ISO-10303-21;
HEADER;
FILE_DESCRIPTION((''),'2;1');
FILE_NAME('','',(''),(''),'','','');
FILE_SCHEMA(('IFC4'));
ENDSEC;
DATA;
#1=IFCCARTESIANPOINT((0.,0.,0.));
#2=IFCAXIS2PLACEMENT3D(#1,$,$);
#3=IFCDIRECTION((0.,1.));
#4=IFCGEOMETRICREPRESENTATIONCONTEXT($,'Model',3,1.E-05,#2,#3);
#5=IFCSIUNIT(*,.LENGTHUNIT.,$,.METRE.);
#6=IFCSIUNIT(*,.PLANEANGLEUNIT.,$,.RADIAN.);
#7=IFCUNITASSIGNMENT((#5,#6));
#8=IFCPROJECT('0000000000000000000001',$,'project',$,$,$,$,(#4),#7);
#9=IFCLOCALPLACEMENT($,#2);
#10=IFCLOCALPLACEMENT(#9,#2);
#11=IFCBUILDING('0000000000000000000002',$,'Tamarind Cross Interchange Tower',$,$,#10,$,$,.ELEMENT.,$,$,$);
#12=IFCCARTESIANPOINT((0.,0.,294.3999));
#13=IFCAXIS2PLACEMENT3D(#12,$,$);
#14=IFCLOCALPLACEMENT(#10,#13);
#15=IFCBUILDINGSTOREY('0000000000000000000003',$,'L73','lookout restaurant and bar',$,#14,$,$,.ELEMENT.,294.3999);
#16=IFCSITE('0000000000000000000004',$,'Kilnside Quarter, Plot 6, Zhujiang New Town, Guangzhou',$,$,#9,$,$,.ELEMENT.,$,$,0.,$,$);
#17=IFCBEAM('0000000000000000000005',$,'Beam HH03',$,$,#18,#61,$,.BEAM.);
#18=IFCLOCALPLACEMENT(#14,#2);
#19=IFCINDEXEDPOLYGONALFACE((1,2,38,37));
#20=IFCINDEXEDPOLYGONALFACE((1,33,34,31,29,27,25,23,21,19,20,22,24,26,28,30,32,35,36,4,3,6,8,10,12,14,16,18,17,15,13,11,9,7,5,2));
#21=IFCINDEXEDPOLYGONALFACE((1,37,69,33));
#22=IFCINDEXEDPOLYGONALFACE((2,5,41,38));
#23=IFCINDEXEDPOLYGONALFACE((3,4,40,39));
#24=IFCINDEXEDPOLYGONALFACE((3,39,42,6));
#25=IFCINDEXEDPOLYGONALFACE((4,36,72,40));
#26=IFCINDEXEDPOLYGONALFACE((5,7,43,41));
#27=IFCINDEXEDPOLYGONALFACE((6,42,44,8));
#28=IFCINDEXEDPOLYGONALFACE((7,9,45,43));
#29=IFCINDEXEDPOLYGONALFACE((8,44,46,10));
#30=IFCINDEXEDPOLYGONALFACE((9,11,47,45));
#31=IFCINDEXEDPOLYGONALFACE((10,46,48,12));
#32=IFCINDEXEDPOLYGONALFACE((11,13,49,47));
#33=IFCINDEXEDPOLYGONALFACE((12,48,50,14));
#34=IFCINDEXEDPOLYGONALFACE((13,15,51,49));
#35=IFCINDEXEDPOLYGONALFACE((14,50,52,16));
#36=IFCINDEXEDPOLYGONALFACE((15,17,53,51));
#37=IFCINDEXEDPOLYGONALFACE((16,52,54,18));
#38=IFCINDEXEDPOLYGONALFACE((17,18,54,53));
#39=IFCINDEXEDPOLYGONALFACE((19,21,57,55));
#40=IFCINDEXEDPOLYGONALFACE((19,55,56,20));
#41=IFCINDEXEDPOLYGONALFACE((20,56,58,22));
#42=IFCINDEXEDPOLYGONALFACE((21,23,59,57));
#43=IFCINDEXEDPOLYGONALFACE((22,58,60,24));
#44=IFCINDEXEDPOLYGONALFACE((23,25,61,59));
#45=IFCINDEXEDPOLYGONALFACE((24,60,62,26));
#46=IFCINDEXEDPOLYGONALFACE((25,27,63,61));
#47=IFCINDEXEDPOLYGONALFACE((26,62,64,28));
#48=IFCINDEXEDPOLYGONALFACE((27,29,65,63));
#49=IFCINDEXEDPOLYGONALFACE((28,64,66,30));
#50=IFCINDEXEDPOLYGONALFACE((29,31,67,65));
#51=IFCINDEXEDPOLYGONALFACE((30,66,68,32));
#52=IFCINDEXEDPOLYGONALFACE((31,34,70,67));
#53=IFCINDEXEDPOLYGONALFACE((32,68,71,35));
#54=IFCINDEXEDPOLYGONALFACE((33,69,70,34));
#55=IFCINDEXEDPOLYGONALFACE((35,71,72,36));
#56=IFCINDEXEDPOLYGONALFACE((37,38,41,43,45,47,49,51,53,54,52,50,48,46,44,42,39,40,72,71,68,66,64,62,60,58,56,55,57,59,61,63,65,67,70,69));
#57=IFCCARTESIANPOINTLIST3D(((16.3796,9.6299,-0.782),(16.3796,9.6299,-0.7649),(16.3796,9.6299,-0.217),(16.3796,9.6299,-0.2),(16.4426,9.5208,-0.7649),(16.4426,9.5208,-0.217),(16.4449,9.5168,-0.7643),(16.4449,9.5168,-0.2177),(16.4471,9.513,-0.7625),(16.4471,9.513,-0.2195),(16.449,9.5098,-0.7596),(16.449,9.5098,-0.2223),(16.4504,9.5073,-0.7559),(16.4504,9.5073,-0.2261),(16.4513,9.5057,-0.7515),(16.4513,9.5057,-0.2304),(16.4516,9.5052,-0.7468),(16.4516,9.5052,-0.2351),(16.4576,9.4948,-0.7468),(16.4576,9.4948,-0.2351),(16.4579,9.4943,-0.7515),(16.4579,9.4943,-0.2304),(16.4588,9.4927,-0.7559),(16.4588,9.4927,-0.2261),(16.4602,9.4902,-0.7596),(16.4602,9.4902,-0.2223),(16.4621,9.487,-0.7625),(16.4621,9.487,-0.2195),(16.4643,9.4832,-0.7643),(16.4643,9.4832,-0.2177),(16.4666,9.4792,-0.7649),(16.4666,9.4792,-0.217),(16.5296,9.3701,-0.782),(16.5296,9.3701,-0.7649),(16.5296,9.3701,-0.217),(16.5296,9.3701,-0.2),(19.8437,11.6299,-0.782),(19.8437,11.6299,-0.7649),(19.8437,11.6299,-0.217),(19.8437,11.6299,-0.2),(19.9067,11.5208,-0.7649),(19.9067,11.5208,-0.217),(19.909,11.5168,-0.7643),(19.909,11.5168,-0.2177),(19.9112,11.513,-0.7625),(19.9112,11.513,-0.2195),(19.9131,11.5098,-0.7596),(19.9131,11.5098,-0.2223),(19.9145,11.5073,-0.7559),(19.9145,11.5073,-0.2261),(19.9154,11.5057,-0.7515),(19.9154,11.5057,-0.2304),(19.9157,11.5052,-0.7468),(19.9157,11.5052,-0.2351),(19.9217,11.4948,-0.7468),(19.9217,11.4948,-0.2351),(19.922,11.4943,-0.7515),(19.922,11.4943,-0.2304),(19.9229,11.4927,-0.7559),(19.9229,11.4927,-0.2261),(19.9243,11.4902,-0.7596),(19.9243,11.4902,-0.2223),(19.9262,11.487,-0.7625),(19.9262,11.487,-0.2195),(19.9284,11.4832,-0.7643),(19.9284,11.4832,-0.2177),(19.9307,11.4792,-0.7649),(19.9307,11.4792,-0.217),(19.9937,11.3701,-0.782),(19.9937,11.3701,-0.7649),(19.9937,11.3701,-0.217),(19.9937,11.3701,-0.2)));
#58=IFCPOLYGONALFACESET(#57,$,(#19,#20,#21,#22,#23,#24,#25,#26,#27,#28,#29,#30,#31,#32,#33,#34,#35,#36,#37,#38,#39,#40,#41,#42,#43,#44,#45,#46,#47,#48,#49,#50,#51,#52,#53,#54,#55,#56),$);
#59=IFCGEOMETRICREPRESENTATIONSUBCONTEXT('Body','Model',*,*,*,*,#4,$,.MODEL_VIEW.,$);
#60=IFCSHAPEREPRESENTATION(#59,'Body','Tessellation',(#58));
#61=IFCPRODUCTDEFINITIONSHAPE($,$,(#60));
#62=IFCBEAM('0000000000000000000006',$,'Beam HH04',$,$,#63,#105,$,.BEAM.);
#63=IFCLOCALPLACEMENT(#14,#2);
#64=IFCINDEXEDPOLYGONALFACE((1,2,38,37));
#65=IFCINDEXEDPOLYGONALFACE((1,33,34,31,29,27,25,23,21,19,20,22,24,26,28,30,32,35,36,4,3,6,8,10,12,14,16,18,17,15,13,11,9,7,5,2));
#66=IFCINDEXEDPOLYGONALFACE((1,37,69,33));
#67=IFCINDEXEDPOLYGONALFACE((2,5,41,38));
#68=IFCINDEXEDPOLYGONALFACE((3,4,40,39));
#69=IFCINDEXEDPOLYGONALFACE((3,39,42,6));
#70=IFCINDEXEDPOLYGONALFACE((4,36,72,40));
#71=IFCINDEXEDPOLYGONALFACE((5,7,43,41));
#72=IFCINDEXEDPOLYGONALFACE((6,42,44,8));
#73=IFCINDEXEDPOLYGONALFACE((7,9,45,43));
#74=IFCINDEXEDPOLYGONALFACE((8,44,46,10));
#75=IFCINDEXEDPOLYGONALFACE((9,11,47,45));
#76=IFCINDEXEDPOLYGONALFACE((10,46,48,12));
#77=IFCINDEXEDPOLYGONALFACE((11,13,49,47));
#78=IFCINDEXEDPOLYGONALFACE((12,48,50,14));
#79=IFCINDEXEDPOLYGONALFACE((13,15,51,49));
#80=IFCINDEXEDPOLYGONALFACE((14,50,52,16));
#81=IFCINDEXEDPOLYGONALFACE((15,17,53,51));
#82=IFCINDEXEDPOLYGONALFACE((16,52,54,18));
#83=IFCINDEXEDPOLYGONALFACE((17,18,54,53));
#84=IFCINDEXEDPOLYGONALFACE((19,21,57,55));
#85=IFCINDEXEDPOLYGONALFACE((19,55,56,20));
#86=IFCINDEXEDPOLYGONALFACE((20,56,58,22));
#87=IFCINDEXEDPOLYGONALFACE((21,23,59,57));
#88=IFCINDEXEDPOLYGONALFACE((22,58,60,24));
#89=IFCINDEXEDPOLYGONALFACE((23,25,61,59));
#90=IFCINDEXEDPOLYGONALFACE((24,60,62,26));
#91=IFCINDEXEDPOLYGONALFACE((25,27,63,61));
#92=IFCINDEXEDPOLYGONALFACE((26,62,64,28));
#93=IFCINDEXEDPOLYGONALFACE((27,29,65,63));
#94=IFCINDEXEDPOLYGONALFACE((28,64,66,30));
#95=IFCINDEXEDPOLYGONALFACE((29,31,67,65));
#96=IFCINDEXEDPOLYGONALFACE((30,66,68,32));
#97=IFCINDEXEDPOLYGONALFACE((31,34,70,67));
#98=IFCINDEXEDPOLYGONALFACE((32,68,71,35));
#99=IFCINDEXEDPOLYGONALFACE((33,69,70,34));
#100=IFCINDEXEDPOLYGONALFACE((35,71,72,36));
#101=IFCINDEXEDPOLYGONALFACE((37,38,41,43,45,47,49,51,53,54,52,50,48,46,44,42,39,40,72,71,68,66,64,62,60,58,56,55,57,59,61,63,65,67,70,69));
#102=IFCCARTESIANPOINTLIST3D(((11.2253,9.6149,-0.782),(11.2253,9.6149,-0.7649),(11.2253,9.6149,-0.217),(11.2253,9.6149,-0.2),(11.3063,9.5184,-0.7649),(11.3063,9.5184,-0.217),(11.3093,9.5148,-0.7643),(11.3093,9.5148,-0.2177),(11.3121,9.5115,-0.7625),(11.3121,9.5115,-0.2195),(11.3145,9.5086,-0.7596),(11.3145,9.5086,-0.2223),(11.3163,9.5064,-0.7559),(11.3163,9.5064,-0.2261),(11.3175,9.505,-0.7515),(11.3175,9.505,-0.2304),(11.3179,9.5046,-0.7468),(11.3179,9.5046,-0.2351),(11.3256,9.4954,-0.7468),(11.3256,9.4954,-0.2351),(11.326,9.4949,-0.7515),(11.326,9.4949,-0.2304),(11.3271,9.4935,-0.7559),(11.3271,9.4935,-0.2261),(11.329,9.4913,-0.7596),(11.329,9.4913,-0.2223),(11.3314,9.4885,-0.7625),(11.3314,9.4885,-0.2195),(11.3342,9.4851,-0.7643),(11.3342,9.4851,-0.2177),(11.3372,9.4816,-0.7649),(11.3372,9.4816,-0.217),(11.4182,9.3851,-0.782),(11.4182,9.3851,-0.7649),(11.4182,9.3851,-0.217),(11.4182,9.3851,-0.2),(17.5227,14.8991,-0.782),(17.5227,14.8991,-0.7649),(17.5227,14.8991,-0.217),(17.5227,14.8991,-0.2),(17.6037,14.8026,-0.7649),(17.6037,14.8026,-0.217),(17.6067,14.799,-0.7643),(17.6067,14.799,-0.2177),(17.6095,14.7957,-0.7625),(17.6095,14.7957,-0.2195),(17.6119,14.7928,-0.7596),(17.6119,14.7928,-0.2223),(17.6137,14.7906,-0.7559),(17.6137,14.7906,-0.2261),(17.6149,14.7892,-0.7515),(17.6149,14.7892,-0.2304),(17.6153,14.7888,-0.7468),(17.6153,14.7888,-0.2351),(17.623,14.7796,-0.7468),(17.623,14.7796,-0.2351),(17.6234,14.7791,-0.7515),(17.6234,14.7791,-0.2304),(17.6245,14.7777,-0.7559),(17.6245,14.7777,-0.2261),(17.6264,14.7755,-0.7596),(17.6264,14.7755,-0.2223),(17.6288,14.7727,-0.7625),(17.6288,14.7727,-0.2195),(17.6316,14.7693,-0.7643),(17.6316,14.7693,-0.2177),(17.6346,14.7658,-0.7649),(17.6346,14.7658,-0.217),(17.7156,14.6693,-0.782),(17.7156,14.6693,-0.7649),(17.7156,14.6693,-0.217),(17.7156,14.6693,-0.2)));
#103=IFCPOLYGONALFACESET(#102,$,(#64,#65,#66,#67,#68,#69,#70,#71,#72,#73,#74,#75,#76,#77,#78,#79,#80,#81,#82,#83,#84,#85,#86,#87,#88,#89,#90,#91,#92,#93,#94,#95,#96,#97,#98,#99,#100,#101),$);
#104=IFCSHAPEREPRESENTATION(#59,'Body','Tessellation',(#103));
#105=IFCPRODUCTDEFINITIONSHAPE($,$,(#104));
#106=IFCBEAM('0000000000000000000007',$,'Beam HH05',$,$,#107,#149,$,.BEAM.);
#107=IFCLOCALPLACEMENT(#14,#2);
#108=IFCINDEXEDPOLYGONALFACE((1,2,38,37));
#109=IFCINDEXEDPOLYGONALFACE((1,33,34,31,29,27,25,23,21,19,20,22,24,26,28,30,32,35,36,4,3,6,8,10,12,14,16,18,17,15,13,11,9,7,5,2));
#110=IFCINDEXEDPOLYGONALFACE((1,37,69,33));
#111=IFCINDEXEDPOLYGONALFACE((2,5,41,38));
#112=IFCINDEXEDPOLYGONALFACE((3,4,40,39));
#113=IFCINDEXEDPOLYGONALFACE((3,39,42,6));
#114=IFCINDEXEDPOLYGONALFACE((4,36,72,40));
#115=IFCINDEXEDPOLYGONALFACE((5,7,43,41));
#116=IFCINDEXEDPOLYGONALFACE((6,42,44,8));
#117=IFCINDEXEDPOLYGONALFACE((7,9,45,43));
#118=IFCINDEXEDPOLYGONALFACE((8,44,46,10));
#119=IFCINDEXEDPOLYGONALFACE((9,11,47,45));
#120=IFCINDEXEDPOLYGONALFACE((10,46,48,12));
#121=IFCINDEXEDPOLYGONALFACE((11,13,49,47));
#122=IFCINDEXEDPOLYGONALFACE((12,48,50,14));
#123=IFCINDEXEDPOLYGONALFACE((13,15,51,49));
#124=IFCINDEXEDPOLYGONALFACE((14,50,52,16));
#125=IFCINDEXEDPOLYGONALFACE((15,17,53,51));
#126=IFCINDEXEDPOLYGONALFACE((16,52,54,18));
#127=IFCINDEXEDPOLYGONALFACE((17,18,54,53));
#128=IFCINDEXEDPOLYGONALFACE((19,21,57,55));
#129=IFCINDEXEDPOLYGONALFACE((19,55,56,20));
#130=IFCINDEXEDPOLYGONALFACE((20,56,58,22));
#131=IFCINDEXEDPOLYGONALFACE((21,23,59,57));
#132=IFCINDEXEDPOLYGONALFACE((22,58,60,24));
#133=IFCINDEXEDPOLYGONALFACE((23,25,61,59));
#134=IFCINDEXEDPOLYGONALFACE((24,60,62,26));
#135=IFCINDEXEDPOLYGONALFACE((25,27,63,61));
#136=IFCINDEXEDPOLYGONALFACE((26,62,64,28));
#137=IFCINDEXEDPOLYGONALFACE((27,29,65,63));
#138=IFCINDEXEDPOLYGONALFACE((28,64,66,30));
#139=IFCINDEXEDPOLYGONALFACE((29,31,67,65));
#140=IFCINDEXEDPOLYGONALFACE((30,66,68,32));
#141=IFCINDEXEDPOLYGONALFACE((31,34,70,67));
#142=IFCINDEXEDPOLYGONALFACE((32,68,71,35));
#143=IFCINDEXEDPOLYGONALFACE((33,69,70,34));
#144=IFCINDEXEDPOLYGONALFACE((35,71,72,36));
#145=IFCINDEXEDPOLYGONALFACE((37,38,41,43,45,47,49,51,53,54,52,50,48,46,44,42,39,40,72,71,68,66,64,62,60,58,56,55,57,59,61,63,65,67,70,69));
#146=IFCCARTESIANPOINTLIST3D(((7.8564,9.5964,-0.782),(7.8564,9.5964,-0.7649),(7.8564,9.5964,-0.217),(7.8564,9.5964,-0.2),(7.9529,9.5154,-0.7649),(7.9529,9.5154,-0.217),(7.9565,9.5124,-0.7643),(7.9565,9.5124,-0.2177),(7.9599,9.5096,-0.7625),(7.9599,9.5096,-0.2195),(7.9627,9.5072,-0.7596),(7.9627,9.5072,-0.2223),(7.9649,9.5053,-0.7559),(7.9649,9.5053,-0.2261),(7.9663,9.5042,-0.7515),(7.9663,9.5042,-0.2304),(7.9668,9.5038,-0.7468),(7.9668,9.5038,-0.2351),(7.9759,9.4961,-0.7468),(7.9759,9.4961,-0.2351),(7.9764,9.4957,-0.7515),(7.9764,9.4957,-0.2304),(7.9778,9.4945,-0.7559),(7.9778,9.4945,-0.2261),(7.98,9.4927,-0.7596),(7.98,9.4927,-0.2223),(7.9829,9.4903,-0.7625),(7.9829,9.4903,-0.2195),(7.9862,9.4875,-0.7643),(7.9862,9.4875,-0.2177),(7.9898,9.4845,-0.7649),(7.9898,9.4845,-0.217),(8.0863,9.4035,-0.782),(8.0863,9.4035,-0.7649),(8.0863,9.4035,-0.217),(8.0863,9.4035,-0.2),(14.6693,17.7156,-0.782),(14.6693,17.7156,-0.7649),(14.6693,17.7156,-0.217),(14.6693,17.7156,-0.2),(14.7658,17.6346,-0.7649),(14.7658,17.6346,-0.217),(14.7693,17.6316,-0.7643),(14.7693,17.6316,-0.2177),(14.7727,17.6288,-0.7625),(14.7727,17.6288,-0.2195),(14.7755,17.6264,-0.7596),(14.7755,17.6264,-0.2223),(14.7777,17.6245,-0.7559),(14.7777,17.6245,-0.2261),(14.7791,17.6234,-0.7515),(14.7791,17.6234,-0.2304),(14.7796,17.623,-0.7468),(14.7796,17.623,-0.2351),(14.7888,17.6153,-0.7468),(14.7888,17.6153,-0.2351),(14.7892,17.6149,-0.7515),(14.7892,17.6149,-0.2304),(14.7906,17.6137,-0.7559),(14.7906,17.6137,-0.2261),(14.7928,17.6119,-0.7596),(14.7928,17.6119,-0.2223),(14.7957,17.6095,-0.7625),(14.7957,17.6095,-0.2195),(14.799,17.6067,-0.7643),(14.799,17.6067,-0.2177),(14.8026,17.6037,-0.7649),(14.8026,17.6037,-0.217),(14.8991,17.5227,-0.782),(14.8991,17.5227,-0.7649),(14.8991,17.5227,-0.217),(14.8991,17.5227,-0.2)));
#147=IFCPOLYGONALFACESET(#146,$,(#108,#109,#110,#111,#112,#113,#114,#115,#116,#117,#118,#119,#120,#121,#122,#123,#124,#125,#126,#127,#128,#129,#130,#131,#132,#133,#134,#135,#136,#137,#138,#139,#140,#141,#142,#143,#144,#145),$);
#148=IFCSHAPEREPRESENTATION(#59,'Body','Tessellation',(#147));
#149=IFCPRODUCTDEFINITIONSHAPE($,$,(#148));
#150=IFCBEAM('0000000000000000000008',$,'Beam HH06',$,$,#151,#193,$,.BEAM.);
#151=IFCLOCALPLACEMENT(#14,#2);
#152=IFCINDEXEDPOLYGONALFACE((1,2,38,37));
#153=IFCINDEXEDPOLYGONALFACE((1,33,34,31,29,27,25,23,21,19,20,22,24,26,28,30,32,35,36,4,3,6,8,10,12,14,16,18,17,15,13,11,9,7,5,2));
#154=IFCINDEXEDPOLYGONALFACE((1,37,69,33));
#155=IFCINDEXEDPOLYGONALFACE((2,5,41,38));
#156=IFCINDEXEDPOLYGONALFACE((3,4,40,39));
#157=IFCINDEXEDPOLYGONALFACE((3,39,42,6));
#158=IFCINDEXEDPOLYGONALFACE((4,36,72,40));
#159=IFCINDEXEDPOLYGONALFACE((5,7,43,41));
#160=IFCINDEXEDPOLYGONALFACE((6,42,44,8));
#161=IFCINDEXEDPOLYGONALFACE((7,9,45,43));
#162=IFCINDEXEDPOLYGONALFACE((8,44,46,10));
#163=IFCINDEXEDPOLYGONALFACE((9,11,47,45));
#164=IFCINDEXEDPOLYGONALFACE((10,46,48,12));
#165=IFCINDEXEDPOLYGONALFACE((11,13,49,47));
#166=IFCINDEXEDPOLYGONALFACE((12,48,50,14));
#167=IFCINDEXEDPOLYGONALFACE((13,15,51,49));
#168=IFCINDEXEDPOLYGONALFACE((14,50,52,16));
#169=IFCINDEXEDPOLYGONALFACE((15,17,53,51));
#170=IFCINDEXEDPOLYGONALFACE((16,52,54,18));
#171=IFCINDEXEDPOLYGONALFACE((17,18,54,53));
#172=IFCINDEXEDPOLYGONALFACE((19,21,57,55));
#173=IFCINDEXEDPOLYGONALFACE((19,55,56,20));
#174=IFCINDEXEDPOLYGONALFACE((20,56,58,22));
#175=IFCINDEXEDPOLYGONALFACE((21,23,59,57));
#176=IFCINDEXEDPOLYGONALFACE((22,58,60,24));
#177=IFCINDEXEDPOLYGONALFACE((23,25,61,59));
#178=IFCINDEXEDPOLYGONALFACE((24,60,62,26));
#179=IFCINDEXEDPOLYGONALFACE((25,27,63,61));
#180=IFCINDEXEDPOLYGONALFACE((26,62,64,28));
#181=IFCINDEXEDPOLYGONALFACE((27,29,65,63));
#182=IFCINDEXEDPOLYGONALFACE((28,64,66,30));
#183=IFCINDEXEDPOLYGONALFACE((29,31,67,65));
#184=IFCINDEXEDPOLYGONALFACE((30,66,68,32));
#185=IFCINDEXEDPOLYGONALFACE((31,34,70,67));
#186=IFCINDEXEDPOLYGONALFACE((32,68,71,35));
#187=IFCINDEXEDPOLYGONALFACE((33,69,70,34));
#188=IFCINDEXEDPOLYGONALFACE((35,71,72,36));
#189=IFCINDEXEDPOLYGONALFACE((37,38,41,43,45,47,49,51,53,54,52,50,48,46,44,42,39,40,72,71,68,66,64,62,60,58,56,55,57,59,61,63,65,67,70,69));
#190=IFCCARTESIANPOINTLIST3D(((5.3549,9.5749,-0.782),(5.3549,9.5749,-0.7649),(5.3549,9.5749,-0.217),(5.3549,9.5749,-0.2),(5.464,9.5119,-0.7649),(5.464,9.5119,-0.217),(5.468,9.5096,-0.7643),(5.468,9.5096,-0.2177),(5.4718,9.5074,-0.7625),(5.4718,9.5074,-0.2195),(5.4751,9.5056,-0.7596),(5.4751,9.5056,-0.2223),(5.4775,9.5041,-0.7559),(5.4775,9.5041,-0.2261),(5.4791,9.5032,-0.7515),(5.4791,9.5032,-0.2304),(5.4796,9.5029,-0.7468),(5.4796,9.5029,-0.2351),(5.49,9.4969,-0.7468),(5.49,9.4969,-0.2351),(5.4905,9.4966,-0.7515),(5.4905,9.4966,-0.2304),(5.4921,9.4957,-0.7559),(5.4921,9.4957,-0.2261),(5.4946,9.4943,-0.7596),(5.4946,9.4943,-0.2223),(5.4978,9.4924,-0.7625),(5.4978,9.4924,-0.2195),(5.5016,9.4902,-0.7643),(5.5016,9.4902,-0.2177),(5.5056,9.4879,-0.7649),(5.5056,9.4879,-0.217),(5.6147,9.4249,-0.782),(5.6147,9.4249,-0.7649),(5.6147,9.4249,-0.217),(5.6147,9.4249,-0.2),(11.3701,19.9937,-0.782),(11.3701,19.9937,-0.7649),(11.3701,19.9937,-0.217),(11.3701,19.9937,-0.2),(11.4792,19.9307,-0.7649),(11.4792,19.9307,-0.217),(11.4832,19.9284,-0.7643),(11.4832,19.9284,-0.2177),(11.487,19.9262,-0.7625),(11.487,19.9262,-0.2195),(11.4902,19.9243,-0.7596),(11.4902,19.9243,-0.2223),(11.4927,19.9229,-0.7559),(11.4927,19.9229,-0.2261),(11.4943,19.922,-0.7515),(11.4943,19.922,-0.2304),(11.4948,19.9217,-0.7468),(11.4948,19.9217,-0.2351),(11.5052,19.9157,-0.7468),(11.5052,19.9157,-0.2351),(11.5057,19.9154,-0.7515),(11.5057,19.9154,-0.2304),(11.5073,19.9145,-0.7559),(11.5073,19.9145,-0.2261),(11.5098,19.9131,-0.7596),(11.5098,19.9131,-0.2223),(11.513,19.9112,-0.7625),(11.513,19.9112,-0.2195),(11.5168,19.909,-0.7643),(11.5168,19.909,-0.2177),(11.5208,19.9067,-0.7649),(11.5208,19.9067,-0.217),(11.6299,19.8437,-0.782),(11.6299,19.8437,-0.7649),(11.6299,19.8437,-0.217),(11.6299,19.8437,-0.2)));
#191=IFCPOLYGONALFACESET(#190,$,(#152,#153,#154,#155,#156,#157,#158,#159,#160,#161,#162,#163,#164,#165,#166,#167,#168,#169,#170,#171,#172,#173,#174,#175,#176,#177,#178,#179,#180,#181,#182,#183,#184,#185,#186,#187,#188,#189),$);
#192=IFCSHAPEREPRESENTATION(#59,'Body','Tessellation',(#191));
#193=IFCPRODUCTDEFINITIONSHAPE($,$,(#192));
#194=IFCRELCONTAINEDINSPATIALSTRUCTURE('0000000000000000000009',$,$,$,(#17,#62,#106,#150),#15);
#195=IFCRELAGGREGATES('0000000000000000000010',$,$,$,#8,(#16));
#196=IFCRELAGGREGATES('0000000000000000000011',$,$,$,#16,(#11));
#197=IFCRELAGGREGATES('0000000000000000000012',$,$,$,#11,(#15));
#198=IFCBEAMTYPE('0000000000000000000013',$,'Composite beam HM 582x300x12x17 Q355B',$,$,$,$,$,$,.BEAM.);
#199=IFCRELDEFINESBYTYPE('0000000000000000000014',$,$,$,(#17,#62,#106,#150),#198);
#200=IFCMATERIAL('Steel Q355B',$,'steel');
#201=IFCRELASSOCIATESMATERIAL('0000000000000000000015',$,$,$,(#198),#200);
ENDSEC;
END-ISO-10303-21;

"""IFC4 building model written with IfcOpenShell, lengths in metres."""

from ifc_helpers import new_model, si_unit, direction, frame, origin, origin_2d, place, context, subcontext, project, spatial, i_section, extrude, material, material_profile, profile_set, type_object, element, save


model = new_model("IFC4")

# Units and contexts
model_context = context("Model", 3, precision=1e-05, world=origin(), true_north=direction((0.0, 1.0)))
body_context = subcontext(model_context, "Body", "Model", "MODEL_VIEW")
ifc_project = project(units=[si_unit("LENGTHUNIT", "METRE"), si_unit("PLANEANGLEUNIT", "RADIAN")], contexts=[model_context])

# Site, building, storey
site_placement = place(None, origin())
site = spatial("IfcSite", under=ifc_project, at=site_placement, Name="Kilnside Quarter, Plot 6, Zhujiang New Town, Guangzhou", CompositionType="ELEMENT", RefElevation=0.0)
building_placement = place(site_placement, origin())
building = spatial("IfcBuilding", under=site, at=building_placement, Name="Tamarind Cross Interchange Tower", CompositionType="ELEMENT")
storey_placement = place(building_placement, frame((0.0, 0.0, 294.3999)))
storey = spatial("IfcBuildingStorey", under=building, at=storey_placement, Name="L73", Description="lookout restaurant and bar", CompositionType="ELEMENT", Elevation=294.3999)

# Beams
ifc_material_1 = material(Name="Steel Q355B", Category="steel")
ifc_material_profile_1 = material_profile(ifc_material_1, i_section(OverallWidth=0.3, OverallDepth=0.582, WebThickness=0.012, FlangeThickness=0.0171, FilletRadius=0.0181, at=origin_2d()), Name="HM 582x300x12x17")
ifc_profile_set_1 = profile_set([ifc_material_profile_1], Name="Steel Q355B")
beam_type = type_object("IfcBeamType", Name="Composite beam HM 582x300x12x17 Q355B", PredefinedType="BEAM", material=ifc_profile_set_1)
beam_1_placement = place(storey_placement, frame((19.9187, 11.5, -0.491), z_axis=(-0.866026, -0.499999, 0.0), x_axis=(0.499999, -0.866026, 0.0)))
element("IfcBeam", 1, at=beam_1_placement, inside=storey, type_object=beam_type, Name="Beam HH03", PredefinedType="BEAM", context=body_context, shape_type="SweptSolid", body=[
    extrude(i_section(OverallWidth=0.3, OverallDepth=0.582, WebThickness=0.012, FlangeThickness=0.0171, FilletRadius=0.0181, at=origin_2d()), origin(), (0.0, 0.0, 1.0), 4.0),
])
beam_2_placement = place(storey_placement, frame((17.6191, 14.7842, -0.491), z_axis=(-0.766041, -0.642792, 0.0), x_axis=(0.642792, -0.766041, 0.0)))
element("IfcBeam", 2, at=beam_2_placement, inside=storey, type_object=beam_type, Name="Beam HH04", PredefinedType="BEAM", context=body_context, shape_type="SweptSolid", body=[
    extrude(i_section(OverallWidth=0.3, OverallDepth=0.582, WebThickness=0.012, FlangeThickness=0.0171, FilletRadius=0.0181, at=origin_2d()), origin(), (0.0, 0.0, 1.0), 8.2207),
])
beam_3_placement = place(storey_placement, frame((14.7842, 17.6191, -0.491), z_axis=(-0.642786, -0.766046, 0.0), x_axis=(0.766046, -0.642786, 0.0)))
element("IfcBeam", 3, at=beam_3_placement, inside=storey, type_object=beam_type, Name="Beam HH05", PredefinedType="BEAM", context=body_context, shape_type="SweptSolid", body=[
    extrude(i_section(OverallWidth=0.3, OverallDepth=0.582, WebThickness=0.012, FlangeThickness=0.0171, FilletRadius=0.0181, at=origin_2d()), origin(), (0.0, 0.0, 1.0), 10.5989),
])
beam_4_placement = place(storey_placement, frame((11.5, 19.9187, -0.491), z_axis=(-0.499994, -0.866029, 0.0), x_axis=(0.866029, -0.499994, 0.0)))
element("IfcBeam", 4, at=beam_4_placement, inside=storey, type_object=beam_type, Name="Beam HH06", PredefinedType="BEAM", context=body_context, shape_type="SweptSolid", body=[
    extrude(i_section(OverallWidth=0.3, OverallDepth=0.582, WebThickness=0.012, FlangeThickness=0.0171, FilletRadius=0.0181, at=origin_2d()), origin(), (0.0, 0.0, 1.0), 12.0305),
])

save(model, "model.ifc")
